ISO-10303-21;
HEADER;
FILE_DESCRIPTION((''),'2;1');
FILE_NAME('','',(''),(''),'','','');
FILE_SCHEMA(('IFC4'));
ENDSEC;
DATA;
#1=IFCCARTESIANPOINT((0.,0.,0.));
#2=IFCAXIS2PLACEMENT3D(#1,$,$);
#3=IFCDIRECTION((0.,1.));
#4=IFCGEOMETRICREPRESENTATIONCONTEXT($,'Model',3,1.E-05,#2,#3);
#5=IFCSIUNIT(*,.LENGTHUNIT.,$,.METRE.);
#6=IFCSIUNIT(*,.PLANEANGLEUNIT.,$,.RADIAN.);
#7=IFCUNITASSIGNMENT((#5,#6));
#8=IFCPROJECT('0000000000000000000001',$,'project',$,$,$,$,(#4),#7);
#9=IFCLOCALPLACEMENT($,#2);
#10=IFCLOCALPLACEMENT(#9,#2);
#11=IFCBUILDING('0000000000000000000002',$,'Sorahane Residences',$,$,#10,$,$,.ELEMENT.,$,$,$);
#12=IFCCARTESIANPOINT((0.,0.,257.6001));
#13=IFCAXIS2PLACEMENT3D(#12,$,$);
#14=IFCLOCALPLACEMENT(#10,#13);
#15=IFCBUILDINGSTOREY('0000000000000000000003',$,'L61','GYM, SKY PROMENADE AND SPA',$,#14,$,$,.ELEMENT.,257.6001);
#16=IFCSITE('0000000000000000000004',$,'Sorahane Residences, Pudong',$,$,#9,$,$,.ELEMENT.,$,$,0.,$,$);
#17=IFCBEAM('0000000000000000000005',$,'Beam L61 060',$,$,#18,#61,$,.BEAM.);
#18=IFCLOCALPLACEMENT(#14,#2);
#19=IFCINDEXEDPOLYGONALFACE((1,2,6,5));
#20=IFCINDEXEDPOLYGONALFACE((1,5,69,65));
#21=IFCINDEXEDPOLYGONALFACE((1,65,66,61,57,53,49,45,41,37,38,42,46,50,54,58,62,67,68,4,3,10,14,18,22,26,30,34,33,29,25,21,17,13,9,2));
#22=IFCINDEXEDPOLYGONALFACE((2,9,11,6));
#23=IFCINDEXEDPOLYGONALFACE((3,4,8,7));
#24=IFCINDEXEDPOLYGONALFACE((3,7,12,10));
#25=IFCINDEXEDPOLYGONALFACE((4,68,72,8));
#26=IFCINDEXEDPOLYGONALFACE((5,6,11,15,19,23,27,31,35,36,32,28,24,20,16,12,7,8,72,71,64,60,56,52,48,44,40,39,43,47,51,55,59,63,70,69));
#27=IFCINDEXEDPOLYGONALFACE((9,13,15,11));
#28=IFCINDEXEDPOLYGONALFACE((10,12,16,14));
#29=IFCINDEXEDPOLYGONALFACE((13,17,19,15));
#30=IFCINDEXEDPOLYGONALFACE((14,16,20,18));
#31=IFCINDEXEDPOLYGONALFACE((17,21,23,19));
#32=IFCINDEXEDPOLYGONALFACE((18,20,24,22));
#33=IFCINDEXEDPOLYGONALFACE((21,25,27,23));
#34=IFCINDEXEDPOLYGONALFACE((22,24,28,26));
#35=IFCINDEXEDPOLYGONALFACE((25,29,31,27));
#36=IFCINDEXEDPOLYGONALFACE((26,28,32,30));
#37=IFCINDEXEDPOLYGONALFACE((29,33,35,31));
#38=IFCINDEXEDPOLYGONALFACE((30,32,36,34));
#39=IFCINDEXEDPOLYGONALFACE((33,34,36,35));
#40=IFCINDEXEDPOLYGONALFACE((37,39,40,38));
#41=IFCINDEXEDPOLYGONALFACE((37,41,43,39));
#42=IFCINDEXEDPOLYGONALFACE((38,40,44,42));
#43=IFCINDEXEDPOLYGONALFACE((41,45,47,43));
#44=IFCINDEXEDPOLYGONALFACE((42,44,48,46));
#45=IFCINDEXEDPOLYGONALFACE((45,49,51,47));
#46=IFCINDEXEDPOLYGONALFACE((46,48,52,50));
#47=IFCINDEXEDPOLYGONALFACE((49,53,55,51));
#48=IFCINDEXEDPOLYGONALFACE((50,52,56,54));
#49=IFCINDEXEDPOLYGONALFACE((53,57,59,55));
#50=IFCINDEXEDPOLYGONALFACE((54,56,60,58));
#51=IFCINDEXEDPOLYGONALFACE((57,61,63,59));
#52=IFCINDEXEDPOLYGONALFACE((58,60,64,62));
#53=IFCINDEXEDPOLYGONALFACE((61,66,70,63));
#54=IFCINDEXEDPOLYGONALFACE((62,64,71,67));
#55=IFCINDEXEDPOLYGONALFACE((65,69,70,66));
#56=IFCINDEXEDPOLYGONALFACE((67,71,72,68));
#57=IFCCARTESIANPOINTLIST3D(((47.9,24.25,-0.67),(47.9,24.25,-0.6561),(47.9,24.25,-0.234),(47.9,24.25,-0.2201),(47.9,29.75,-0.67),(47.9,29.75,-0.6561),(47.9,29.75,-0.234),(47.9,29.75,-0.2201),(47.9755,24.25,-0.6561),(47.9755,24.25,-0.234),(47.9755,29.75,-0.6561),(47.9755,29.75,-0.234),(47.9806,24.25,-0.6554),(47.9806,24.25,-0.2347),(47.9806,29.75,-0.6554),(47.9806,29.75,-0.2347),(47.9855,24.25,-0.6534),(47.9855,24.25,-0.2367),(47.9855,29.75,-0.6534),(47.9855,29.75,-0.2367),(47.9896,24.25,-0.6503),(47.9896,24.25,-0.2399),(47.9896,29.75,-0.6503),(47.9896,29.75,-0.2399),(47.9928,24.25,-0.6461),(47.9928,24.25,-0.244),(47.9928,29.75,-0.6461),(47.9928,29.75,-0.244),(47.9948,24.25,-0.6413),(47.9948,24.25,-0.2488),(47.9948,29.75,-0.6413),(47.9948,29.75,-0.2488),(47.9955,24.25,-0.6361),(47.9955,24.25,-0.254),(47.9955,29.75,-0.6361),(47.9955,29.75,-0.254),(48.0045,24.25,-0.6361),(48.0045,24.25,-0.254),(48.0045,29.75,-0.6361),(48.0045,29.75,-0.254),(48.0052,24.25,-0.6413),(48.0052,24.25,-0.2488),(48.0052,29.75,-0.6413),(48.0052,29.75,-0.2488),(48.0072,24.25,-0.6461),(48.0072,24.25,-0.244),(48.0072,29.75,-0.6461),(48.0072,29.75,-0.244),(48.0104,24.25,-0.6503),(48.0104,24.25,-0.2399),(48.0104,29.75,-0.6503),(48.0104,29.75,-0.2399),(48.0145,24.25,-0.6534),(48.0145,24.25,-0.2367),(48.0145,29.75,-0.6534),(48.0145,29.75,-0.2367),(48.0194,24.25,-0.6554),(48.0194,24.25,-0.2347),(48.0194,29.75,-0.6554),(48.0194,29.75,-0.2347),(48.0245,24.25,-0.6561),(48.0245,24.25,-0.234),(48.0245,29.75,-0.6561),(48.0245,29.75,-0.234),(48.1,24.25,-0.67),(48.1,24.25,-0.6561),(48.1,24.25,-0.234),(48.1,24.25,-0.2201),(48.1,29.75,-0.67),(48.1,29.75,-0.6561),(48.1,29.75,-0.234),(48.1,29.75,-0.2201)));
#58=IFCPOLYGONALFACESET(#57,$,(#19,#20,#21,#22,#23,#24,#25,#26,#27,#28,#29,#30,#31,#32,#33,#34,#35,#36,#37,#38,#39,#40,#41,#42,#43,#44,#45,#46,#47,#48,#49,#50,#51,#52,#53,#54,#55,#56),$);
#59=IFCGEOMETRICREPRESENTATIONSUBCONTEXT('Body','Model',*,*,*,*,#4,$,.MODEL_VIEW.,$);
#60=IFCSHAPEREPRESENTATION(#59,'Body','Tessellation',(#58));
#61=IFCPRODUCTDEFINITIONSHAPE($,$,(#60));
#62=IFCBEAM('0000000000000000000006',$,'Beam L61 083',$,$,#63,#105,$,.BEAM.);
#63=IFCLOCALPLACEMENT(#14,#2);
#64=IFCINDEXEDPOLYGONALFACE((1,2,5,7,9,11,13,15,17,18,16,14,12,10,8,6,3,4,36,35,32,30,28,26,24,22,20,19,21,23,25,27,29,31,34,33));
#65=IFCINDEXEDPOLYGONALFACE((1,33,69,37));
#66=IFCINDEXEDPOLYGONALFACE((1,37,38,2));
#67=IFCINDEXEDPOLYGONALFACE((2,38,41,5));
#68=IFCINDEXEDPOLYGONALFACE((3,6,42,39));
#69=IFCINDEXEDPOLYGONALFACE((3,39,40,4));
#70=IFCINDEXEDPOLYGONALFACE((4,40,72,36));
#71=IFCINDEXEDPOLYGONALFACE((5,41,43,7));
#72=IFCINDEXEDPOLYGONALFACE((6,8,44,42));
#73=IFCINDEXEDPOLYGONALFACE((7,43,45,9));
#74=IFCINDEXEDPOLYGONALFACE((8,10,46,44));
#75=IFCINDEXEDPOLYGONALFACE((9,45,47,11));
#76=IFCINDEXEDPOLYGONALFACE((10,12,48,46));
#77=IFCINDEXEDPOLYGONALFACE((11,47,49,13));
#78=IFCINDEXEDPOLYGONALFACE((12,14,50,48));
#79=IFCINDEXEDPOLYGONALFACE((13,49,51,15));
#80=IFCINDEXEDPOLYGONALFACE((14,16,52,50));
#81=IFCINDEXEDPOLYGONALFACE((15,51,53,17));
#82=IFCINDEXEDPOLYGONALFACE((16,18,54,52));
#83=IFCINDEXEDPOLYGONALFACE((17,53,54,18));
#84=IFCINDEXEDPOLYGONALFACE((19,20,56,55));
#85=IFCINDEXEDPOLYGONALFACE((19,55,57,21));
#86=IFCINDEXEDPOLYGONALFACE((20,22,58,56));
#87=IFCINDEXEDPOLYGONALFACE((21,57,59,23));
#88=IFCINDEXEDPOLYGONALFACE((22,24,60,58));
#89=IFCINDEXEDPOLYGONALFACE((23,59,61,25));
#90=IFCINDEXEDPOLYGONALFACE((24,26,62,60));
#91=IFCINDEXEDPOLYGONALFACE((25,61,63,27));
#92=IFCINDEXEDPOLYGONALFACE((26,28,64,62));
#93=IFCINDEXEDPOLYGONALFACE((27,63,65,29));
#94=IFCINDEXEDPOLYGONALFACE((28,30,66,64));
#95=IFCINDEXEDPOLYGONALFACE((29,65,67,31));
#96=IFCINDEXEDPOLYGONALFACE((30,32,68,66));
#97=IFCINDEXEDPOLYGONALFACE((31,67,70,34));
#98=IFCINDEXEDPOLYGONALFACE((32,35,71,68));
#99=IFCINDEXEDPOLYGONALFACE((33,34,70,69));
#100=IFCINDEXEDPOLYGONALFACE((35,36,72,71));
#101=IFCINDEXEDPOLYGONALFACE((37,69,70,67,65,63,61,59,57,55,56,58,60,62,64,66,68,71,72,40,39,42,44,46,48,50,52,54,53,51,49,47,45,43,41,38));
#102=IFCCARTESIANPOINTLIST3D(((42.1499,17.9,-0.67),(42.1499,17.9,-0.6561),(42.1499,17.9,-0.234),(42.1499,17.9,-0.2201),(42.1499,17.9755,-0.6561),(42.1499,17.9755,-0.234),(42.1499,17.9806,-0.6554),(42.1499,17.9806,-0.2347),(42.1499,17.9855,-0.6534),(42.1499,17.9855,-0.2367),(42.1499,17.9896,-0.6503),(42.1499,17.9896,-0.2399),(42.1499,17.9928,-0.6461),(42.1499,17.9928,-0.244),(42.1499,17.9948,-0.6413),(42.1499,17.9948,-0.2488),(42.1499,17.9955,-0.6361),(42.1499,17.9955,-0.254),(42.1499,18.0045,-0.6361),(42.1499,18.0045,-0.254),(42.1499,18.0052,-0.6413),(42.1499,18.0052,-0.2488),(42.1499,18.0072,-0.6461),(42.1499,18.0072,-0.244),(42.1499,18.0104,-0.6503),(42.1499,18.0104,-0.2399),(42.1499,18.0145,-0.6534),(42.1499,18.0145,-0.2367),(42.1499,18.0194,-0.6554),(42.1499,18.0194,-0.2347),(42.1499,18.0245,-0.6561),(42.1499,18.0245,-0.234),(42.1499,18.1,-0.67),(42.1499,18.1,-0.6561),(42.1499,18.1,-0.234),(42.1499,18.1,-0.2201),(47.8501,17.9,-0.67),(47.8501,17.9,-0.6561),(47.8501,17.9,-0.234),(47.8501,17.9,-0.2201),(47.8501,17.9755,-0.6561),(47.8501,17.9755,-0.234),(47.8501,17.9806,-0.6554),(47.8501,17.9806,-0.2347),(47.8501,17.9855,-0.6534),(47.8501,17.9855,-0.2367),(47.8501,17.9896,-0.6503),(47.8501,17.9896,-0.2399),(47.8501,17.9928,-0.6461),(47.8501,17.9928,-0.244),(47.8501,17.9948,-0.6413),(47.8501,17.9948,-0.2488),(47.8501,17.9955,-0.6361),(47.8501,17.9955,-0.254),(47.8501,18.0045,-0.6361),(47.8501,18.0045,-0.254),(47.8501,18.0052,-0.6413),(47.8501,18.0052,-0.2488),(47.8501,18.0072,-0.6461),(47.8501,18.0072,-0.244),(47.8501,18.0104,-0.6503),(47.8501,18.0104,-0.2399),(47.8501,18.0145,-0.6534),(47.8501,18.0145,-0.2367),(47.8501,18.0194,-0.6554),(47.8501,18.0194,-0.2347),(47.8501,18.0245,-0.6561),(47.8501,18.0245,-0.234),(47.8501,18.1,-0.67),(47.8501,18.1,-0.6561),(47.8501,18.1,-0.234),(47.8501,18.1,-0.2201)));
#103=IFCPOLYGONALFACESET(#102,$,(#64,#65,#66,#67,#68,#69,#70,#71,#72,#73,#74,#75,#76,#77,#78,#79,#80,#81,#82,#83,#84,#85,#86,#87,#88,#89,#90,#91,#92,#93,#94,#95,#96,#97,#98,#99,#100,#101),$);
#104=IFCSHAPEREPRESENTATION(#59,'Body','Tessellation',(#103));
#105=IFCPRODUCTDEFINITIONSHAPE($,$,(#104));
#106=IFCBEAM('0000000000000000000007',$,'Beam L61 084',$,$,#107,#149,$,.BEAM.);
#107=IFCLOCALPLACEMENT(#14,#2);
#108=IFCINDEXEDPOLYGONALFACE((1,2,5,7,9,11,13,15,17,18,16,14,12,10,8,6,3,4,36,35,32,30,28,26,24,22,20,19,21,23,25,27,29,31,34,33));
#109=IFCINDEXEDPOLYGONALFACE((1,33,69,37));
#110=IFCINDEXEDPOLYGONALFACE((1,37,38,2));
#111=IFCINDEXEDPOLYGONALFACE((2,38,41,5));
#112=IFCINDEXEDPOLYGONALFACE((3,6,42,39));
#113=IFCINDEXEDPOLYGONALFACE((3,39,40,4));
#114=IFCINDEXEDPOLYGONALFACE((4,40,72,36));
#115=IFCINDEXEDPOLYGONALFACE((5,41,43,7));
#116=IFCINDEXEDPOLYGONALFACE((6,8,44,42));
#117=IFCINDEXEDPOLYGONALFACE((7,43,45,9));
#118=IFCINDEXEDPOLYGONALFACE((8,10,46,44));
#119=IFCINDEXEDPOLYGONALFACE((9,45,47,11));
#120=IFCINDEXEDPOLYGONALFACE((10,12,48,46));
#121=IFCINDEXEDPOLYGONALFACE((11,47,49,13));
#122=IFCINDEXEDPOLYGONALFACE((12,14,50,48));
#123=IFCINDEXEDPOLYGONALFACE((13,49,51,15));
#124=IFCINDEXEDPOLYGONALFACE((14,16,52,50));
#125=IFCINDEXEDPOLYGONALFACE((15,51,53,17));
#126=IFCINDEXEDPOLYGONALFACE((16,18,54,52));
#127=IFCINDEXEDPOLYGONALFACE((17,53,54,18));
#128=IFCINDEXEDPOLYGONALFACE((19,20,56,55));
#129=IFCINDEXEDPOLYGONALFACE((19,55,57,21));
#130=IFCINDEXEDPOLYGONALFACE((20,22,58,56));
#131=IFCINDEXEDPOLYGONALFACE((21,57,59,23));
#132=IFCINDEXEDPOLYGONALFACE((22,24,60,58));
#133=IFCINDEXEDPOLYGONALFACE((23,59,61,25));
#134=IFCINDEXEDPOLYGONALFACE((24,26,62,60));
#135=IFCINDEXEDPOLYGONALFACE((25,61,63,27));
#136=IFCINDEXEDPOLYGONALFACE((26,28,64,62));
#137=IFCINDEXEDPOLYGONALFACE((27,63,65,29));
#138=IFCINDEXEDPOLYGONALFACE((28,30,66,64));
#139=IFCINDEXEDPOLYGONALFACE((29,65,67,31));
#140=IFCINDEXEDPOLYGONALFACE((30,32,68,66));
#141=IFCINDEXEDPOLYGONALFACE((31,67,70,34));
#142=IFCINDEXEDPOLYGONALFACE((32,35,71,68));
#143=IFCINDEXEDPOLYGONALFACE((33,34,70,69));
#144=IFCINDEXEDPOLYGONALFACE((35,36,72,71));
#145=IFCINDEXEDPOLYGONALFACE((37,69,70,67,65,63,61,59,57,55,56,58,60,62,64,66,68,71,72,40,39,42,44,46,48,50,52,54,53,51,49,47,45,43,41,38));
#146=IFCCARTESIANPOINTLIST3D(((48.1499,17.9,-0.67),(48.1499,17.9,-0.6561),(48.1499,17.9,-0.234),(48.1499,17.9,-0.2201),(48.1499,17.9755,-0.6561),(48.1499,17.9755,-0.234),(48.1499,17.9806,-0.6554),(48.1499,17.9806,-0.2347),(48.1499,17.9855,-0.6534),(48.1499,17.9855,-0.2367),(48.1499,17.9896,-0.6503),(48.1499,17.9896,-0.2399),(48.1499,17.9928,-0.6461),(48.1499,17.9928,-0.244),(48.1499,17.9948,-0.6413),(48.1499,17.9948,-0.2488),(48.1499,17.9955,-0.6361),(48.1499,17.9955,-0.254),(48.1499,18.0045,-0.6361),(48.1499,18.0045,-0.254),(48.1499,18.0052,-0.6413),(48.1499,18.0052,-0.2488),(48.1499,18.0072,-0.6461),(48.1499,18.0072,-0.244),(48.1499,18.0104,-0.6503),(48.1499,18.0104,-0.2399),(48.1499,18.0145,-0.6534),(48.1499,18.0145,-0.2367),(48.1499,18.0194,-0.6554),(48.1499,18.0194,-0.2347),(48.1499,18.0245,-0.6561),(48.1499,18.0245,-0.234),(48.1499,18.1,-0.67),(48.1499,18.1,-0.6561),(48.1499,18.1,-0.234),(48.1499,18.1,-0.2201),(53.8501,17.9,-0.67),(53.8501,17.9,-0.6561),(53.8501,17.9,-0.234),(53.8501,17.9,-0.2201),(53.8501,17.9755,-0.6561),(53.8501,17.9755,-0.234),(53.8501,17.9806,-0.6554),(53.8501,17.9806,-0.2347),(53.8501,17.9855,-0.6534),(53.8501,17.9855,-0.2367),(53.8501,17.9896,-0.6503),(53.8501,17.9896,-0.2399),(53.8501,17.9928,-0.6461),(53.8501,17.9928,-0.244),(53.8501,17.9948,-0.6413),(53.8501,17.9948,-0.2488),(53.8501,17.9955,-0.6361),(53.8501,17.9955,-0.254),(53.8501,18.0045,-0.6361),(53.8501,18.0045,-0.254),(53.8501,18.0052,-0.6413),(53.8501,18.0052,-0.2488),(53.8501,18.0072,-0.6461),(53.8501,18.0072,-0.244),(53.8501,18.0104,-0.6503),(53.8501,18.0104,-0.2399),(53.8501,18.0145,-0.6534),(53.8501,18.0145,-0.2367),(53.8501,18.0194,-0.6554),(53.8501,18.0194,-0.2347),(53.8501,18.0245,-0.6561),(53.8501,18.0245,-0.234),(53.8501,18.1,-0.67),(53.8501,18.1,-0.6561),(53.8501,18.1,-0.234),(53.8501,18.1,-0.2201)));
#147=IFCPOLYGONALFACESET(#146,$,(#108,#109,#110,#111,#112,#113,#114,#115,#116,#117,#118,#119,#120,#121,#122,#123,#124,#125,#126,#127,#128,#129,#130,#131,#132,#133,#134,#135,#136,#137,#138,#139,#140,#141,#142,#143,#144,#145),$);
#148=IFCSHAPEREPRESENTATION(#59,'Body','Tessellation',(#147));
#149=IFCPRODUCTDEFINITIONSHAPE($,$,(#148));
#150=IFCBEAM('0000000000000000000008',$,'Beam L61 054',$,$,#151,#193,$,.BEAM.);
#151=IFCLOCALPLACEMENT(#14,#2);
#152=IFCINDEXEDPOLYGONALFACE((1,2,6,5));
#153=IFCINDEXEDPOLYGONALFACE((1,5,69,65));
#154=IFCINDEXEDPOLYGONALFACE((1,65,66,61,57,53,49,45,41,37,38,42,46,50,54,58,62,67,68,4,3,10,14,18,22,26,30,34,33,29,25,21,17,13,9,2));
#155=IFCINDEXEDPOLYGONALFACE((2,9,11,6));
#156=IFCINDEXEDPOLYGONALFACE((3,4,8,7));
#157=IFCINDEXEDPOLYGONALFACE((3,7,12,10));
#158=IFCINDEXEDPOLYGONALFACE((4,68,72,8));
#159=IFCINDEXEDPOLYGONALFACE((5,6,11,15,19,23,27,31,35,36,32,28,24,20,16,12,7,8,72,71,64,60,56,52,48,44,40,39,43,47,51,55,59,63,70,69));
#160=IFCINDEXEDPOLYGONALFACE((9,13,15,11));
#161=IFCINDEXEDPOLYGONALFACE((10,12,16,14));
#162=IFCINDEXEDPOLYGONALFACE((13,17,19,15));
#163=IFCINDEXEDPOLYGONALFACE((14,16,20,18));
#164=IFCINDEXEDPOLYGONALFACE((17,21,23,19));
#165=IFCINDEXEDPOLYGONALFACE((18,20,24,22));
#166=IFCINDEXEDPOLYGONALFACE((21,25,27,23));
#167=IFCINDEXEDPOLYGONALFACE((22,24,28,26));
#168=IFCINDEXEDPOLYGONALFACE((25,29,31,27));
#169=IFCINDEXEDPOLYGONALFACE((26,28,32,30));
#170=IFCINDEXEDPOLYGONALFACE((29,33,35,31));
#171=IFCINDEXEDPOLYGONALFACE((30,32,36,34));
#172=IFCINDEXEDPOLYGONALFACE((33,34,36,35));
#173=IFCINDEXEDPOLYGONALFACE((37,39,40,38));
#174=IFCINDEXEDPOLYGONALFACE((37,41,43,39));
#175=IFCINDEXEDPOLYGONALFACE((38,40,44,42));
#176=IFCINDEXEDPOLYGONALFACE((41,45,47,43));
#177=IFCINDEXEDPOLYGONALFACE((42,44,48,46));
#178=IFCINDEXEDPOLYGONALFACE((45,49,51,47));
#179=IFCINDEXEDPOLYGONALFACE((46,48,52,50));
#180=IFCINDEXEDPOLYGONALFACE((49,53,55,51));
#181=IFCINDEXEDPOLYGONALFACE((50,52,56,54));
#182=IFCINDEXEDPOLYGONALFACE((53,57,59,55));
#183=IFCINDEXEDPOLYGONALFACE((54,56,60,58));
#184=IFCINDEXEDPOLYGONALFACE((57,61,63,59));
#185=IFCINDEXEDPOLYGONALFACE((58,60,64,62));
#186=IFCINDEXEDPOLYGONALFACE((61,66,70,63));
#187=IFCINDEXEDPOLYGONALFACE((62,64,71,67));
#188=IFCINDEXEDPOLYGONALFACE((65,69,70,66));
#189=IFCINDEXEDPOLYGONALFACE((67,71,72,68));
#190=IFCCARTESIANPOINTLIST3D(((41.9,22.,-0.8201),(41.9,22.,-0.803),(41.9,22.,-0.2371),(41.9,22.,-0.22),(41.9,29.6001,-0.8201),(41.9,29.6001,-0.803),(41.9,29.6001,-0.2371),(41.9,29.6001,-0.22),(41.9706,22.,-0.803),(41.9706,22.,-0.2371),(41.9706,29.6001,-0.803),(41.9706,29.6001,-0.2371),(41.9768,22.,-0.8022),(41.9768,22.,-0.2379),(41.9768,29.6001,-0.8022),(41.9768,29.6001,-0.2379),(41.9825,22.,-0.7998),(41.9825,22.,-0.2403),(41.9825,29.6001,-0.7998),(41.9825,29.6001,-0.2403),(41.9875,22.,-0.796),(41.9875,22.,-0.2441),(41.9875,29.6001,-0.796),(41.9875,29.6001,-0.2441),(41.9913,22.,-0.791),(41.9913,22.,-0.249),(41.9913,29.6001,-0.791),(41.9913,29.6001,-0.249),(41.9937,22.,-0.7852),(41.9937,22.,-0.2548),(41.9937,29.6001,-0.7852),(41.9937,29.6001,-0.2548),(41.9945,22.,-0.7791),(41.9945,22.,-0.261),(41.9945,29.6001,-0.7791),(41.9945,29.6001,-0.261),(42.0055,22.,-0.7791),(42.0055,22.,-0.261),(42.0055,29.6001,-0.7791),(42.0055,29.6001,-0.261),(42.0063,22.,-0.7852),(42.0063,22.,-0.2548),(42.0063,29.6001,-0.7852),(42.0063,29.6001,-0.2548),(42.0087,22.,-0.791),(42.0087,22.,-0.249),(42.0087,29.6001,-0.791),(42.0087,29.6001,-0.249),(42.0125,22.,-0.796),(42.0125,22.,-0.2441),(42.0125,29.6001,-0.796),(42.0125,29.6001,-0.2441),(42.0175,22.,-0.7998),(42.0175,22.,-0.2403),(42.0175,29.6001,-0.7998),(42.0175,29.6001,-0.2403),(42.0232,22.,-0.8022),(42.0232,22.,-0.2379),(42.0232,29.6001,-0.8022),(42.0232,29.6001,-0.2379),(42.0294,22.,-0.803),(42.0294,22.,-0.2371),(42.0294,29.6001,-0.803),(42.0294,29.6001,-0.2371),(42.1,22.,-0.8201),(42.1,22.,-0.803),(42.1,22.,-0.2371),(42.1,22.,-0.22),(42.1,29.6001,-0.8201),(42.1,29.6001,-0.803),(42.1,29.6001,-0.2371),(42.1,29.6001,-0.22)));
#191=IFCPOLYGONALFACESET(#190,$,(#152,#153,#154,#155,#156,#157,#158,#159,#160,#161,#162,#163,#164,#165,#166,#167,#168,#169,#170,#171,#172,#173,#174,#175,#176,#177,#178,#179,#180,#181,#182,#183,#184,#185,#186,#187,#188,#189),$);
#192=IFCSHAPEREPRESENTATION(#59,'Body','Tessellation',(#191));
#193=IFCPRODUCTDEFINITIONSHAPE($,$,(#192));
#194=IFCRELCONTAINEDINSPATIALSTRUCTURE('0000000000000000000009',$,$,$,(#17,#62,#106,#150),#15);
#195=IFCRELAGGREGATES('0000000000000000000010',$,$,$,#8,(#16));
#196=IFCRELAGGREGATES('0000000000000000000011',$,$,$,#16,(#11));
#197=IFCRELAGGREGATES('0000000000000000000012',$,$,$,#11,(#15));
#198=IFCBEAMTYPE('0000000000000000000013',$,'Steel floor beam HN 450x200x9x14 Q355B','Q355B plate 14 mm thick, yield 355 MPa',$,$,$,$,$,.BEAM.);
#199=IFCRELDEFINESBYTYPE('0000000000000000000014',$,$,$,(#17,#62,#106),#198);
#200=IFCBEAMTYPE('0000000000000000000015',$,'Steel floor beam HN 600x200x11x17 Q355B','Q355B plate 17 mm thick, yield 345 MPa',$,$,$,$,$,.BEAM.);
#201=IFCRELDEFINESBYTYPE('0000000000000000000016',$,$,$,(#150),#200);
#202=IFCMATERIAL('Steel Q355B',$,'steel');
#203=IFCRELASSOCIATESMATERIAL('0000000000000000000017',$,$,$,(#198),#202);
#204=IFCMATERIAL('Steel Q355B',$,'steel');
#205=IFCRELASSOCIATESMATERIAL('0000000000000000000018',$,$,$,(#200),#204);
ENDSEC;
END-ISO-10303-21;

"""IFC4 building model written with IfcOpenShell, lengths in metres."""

from ifc_helpers import new_model, si_unit, direction, frame, origin, origin_2d, place, context, subcontext, project, spatial, i_section, extrude, material, material_profile, profile_set, type_object, element, save


model = new_model("IFC4")

# Units and contexts
model_context = context("Model", 3, precision=1e-05, world=origin(), true_north=direction((0.0, 1.0)))
body_context = subcontext(model_context, "Body", "Model", "MODEL_VIEW")
ifc_project = project(units=[si_unit("LENGTHUNIT", "METRE"), si_unit("PLANEANGLEUNIT", "RADIAN")], contexts=[model_context])

# Site, building, storey
site_placement = place(None, origin())
site = spatial("IfcSite", under=ifc_project, at=site_placement, Name="Sorahane Residences, Pudong", CompositionType="ELEMENT", RefElevation=0.0)
building_placement = place(site_placement, origin())
building = spatial("IfcBuilding", under=site, at=building_placement, Name="Sorahane Residences", CompositionType="ELEMENT")
storey_placement = place(building_placement, frame((0.0, 0.0, 257.6001)))
storey = spatial("IfcBuildingStorey", under=building, at=storey_placement, Name="L61", Description="GYM, SKY PROMENADE AND SPA", CompositionType="ELEMENT", Elevation=257.6001)

# Beams
ifc_material_1 = material(Name="Steel Q355B", Category="steel")
ifc_material_profile_1 = material_profile(ifc_material_1, i_section(OverallWidth=0.2, OverallDepth=0.45, WebThickness=0.009, FlangeThickness=0.0139, FilletRadius=0.02, at=origin_2d()), Name="HN 450x200x9x14")
ifc_profile_set_1 = profile_set([ifc_material_profile_1], Name="Steel Q355B")
beam_type_1 = type_object("IfcBeamType", Name="Steel floor beam HN 450x200x9x14 Q355B", Description="Q355B plate 14 mm thick, yield 355 MPa", PredefinedType="BEAM", material=ifc_profile_set_1)
beam_1_placement = place(storey_placement, frame((48.0, 24.25, -0.4451), z_axis=(0.0, 1.0, 0.0), x_axis=(-1.0, 0.0, 0.0)))
element("IfcBeam", 1, at=beam_1_placement, inside=storey, type_object=beam_type_1, Name="Beam L61 060", PredefinedType="BEAM", context=body_context, shape_type="SweptSolid", body=[
    extrude(i_section(OverallWidth=0.2, OverallDepth=0.45, WebThickness=0.009, FlangeThickness=0.0139, FilletRadius=0.02, at=origin_2d()), origin(), (0.0, 0.0, 1.0), 5.5),
])
for number, where, z_axis, x_axis, name in (
    (2, (42.1499, 18.0, -0.4451), (1.0, 0.0, 0.0), (0.0, 1.0, 0.0), "Beam L61 083"),
    (3, (48.1499, 18.0, -0.4451), (1.0, 0.0, 0.0), (0.0, 1.0, 0.0), "Beam L61 084"),
):
    element("IfcBeam", number, at=place(storey_placement, frame(where, z_axis=z_axis, x_axis=x_axis)), inside=storey, type_object=beam_type_1, Name=name, PredefinedType="BEAM", context=body_context, shape_type="SweptSolid", body=[
        extrude(i_section(OverallWidth=0.2, OverallDepth=0.45, WebThickness=0.009, FlangeThickness=0.0139, FilletRadius=0.02, at=origin_2d()), origin(), (0.0, 0.0, 1.0), 5.7002),
    ])
ifc_material_2 = material(Name="Steel Q355B", Category="steel")
ifc_material_profile_2 = material_profile(ifc_material_2, i_section(OverallWidth=0.2, OverallDepth=0.6001, WebThickness=0.011, FlangeThickness=0.0171, FilletRadius=0.0239, at=origin_2d()), Name="HN 600x200x11x17")
ifc_profile_set_2 = profile_set([ifc_material_profile_2], Name="Steel Q355B")
beam_type_2 = type_object("IfcBeamType", Name="Steel floor beam HN 600x200x11x17 Q355B", Description="Q355B plate 17 mm thick, yield 345 MPa", PredefinedType="BEAM", material=ifc_profile_set_2)
beam_2_placement = place(storey_placement, frame((42.0, 22.0, -0.52), z_axis=(0.0, 1.0, 0.0), x_axis=(-1.0, 0.0, 0.0)))
element("IfcBeam", 4, at=beam_2_placement, inside=storey, type_object=beam_type_2, Name="Beam L61 054", PredefinedType="BEAM", context=body_context, shape_type="SweptSolid", body=[
    extrude(i_section(OverallWidth=0.2, OverallDepth=0.6001, WebThickness=0.011, FlangeThickness=0.0171, FilletRadius=0.0239, at=origin_2d()), origin(), (0.0, 0.0, 1.0), 7.6001),
])

save(model, "model.ifc")
